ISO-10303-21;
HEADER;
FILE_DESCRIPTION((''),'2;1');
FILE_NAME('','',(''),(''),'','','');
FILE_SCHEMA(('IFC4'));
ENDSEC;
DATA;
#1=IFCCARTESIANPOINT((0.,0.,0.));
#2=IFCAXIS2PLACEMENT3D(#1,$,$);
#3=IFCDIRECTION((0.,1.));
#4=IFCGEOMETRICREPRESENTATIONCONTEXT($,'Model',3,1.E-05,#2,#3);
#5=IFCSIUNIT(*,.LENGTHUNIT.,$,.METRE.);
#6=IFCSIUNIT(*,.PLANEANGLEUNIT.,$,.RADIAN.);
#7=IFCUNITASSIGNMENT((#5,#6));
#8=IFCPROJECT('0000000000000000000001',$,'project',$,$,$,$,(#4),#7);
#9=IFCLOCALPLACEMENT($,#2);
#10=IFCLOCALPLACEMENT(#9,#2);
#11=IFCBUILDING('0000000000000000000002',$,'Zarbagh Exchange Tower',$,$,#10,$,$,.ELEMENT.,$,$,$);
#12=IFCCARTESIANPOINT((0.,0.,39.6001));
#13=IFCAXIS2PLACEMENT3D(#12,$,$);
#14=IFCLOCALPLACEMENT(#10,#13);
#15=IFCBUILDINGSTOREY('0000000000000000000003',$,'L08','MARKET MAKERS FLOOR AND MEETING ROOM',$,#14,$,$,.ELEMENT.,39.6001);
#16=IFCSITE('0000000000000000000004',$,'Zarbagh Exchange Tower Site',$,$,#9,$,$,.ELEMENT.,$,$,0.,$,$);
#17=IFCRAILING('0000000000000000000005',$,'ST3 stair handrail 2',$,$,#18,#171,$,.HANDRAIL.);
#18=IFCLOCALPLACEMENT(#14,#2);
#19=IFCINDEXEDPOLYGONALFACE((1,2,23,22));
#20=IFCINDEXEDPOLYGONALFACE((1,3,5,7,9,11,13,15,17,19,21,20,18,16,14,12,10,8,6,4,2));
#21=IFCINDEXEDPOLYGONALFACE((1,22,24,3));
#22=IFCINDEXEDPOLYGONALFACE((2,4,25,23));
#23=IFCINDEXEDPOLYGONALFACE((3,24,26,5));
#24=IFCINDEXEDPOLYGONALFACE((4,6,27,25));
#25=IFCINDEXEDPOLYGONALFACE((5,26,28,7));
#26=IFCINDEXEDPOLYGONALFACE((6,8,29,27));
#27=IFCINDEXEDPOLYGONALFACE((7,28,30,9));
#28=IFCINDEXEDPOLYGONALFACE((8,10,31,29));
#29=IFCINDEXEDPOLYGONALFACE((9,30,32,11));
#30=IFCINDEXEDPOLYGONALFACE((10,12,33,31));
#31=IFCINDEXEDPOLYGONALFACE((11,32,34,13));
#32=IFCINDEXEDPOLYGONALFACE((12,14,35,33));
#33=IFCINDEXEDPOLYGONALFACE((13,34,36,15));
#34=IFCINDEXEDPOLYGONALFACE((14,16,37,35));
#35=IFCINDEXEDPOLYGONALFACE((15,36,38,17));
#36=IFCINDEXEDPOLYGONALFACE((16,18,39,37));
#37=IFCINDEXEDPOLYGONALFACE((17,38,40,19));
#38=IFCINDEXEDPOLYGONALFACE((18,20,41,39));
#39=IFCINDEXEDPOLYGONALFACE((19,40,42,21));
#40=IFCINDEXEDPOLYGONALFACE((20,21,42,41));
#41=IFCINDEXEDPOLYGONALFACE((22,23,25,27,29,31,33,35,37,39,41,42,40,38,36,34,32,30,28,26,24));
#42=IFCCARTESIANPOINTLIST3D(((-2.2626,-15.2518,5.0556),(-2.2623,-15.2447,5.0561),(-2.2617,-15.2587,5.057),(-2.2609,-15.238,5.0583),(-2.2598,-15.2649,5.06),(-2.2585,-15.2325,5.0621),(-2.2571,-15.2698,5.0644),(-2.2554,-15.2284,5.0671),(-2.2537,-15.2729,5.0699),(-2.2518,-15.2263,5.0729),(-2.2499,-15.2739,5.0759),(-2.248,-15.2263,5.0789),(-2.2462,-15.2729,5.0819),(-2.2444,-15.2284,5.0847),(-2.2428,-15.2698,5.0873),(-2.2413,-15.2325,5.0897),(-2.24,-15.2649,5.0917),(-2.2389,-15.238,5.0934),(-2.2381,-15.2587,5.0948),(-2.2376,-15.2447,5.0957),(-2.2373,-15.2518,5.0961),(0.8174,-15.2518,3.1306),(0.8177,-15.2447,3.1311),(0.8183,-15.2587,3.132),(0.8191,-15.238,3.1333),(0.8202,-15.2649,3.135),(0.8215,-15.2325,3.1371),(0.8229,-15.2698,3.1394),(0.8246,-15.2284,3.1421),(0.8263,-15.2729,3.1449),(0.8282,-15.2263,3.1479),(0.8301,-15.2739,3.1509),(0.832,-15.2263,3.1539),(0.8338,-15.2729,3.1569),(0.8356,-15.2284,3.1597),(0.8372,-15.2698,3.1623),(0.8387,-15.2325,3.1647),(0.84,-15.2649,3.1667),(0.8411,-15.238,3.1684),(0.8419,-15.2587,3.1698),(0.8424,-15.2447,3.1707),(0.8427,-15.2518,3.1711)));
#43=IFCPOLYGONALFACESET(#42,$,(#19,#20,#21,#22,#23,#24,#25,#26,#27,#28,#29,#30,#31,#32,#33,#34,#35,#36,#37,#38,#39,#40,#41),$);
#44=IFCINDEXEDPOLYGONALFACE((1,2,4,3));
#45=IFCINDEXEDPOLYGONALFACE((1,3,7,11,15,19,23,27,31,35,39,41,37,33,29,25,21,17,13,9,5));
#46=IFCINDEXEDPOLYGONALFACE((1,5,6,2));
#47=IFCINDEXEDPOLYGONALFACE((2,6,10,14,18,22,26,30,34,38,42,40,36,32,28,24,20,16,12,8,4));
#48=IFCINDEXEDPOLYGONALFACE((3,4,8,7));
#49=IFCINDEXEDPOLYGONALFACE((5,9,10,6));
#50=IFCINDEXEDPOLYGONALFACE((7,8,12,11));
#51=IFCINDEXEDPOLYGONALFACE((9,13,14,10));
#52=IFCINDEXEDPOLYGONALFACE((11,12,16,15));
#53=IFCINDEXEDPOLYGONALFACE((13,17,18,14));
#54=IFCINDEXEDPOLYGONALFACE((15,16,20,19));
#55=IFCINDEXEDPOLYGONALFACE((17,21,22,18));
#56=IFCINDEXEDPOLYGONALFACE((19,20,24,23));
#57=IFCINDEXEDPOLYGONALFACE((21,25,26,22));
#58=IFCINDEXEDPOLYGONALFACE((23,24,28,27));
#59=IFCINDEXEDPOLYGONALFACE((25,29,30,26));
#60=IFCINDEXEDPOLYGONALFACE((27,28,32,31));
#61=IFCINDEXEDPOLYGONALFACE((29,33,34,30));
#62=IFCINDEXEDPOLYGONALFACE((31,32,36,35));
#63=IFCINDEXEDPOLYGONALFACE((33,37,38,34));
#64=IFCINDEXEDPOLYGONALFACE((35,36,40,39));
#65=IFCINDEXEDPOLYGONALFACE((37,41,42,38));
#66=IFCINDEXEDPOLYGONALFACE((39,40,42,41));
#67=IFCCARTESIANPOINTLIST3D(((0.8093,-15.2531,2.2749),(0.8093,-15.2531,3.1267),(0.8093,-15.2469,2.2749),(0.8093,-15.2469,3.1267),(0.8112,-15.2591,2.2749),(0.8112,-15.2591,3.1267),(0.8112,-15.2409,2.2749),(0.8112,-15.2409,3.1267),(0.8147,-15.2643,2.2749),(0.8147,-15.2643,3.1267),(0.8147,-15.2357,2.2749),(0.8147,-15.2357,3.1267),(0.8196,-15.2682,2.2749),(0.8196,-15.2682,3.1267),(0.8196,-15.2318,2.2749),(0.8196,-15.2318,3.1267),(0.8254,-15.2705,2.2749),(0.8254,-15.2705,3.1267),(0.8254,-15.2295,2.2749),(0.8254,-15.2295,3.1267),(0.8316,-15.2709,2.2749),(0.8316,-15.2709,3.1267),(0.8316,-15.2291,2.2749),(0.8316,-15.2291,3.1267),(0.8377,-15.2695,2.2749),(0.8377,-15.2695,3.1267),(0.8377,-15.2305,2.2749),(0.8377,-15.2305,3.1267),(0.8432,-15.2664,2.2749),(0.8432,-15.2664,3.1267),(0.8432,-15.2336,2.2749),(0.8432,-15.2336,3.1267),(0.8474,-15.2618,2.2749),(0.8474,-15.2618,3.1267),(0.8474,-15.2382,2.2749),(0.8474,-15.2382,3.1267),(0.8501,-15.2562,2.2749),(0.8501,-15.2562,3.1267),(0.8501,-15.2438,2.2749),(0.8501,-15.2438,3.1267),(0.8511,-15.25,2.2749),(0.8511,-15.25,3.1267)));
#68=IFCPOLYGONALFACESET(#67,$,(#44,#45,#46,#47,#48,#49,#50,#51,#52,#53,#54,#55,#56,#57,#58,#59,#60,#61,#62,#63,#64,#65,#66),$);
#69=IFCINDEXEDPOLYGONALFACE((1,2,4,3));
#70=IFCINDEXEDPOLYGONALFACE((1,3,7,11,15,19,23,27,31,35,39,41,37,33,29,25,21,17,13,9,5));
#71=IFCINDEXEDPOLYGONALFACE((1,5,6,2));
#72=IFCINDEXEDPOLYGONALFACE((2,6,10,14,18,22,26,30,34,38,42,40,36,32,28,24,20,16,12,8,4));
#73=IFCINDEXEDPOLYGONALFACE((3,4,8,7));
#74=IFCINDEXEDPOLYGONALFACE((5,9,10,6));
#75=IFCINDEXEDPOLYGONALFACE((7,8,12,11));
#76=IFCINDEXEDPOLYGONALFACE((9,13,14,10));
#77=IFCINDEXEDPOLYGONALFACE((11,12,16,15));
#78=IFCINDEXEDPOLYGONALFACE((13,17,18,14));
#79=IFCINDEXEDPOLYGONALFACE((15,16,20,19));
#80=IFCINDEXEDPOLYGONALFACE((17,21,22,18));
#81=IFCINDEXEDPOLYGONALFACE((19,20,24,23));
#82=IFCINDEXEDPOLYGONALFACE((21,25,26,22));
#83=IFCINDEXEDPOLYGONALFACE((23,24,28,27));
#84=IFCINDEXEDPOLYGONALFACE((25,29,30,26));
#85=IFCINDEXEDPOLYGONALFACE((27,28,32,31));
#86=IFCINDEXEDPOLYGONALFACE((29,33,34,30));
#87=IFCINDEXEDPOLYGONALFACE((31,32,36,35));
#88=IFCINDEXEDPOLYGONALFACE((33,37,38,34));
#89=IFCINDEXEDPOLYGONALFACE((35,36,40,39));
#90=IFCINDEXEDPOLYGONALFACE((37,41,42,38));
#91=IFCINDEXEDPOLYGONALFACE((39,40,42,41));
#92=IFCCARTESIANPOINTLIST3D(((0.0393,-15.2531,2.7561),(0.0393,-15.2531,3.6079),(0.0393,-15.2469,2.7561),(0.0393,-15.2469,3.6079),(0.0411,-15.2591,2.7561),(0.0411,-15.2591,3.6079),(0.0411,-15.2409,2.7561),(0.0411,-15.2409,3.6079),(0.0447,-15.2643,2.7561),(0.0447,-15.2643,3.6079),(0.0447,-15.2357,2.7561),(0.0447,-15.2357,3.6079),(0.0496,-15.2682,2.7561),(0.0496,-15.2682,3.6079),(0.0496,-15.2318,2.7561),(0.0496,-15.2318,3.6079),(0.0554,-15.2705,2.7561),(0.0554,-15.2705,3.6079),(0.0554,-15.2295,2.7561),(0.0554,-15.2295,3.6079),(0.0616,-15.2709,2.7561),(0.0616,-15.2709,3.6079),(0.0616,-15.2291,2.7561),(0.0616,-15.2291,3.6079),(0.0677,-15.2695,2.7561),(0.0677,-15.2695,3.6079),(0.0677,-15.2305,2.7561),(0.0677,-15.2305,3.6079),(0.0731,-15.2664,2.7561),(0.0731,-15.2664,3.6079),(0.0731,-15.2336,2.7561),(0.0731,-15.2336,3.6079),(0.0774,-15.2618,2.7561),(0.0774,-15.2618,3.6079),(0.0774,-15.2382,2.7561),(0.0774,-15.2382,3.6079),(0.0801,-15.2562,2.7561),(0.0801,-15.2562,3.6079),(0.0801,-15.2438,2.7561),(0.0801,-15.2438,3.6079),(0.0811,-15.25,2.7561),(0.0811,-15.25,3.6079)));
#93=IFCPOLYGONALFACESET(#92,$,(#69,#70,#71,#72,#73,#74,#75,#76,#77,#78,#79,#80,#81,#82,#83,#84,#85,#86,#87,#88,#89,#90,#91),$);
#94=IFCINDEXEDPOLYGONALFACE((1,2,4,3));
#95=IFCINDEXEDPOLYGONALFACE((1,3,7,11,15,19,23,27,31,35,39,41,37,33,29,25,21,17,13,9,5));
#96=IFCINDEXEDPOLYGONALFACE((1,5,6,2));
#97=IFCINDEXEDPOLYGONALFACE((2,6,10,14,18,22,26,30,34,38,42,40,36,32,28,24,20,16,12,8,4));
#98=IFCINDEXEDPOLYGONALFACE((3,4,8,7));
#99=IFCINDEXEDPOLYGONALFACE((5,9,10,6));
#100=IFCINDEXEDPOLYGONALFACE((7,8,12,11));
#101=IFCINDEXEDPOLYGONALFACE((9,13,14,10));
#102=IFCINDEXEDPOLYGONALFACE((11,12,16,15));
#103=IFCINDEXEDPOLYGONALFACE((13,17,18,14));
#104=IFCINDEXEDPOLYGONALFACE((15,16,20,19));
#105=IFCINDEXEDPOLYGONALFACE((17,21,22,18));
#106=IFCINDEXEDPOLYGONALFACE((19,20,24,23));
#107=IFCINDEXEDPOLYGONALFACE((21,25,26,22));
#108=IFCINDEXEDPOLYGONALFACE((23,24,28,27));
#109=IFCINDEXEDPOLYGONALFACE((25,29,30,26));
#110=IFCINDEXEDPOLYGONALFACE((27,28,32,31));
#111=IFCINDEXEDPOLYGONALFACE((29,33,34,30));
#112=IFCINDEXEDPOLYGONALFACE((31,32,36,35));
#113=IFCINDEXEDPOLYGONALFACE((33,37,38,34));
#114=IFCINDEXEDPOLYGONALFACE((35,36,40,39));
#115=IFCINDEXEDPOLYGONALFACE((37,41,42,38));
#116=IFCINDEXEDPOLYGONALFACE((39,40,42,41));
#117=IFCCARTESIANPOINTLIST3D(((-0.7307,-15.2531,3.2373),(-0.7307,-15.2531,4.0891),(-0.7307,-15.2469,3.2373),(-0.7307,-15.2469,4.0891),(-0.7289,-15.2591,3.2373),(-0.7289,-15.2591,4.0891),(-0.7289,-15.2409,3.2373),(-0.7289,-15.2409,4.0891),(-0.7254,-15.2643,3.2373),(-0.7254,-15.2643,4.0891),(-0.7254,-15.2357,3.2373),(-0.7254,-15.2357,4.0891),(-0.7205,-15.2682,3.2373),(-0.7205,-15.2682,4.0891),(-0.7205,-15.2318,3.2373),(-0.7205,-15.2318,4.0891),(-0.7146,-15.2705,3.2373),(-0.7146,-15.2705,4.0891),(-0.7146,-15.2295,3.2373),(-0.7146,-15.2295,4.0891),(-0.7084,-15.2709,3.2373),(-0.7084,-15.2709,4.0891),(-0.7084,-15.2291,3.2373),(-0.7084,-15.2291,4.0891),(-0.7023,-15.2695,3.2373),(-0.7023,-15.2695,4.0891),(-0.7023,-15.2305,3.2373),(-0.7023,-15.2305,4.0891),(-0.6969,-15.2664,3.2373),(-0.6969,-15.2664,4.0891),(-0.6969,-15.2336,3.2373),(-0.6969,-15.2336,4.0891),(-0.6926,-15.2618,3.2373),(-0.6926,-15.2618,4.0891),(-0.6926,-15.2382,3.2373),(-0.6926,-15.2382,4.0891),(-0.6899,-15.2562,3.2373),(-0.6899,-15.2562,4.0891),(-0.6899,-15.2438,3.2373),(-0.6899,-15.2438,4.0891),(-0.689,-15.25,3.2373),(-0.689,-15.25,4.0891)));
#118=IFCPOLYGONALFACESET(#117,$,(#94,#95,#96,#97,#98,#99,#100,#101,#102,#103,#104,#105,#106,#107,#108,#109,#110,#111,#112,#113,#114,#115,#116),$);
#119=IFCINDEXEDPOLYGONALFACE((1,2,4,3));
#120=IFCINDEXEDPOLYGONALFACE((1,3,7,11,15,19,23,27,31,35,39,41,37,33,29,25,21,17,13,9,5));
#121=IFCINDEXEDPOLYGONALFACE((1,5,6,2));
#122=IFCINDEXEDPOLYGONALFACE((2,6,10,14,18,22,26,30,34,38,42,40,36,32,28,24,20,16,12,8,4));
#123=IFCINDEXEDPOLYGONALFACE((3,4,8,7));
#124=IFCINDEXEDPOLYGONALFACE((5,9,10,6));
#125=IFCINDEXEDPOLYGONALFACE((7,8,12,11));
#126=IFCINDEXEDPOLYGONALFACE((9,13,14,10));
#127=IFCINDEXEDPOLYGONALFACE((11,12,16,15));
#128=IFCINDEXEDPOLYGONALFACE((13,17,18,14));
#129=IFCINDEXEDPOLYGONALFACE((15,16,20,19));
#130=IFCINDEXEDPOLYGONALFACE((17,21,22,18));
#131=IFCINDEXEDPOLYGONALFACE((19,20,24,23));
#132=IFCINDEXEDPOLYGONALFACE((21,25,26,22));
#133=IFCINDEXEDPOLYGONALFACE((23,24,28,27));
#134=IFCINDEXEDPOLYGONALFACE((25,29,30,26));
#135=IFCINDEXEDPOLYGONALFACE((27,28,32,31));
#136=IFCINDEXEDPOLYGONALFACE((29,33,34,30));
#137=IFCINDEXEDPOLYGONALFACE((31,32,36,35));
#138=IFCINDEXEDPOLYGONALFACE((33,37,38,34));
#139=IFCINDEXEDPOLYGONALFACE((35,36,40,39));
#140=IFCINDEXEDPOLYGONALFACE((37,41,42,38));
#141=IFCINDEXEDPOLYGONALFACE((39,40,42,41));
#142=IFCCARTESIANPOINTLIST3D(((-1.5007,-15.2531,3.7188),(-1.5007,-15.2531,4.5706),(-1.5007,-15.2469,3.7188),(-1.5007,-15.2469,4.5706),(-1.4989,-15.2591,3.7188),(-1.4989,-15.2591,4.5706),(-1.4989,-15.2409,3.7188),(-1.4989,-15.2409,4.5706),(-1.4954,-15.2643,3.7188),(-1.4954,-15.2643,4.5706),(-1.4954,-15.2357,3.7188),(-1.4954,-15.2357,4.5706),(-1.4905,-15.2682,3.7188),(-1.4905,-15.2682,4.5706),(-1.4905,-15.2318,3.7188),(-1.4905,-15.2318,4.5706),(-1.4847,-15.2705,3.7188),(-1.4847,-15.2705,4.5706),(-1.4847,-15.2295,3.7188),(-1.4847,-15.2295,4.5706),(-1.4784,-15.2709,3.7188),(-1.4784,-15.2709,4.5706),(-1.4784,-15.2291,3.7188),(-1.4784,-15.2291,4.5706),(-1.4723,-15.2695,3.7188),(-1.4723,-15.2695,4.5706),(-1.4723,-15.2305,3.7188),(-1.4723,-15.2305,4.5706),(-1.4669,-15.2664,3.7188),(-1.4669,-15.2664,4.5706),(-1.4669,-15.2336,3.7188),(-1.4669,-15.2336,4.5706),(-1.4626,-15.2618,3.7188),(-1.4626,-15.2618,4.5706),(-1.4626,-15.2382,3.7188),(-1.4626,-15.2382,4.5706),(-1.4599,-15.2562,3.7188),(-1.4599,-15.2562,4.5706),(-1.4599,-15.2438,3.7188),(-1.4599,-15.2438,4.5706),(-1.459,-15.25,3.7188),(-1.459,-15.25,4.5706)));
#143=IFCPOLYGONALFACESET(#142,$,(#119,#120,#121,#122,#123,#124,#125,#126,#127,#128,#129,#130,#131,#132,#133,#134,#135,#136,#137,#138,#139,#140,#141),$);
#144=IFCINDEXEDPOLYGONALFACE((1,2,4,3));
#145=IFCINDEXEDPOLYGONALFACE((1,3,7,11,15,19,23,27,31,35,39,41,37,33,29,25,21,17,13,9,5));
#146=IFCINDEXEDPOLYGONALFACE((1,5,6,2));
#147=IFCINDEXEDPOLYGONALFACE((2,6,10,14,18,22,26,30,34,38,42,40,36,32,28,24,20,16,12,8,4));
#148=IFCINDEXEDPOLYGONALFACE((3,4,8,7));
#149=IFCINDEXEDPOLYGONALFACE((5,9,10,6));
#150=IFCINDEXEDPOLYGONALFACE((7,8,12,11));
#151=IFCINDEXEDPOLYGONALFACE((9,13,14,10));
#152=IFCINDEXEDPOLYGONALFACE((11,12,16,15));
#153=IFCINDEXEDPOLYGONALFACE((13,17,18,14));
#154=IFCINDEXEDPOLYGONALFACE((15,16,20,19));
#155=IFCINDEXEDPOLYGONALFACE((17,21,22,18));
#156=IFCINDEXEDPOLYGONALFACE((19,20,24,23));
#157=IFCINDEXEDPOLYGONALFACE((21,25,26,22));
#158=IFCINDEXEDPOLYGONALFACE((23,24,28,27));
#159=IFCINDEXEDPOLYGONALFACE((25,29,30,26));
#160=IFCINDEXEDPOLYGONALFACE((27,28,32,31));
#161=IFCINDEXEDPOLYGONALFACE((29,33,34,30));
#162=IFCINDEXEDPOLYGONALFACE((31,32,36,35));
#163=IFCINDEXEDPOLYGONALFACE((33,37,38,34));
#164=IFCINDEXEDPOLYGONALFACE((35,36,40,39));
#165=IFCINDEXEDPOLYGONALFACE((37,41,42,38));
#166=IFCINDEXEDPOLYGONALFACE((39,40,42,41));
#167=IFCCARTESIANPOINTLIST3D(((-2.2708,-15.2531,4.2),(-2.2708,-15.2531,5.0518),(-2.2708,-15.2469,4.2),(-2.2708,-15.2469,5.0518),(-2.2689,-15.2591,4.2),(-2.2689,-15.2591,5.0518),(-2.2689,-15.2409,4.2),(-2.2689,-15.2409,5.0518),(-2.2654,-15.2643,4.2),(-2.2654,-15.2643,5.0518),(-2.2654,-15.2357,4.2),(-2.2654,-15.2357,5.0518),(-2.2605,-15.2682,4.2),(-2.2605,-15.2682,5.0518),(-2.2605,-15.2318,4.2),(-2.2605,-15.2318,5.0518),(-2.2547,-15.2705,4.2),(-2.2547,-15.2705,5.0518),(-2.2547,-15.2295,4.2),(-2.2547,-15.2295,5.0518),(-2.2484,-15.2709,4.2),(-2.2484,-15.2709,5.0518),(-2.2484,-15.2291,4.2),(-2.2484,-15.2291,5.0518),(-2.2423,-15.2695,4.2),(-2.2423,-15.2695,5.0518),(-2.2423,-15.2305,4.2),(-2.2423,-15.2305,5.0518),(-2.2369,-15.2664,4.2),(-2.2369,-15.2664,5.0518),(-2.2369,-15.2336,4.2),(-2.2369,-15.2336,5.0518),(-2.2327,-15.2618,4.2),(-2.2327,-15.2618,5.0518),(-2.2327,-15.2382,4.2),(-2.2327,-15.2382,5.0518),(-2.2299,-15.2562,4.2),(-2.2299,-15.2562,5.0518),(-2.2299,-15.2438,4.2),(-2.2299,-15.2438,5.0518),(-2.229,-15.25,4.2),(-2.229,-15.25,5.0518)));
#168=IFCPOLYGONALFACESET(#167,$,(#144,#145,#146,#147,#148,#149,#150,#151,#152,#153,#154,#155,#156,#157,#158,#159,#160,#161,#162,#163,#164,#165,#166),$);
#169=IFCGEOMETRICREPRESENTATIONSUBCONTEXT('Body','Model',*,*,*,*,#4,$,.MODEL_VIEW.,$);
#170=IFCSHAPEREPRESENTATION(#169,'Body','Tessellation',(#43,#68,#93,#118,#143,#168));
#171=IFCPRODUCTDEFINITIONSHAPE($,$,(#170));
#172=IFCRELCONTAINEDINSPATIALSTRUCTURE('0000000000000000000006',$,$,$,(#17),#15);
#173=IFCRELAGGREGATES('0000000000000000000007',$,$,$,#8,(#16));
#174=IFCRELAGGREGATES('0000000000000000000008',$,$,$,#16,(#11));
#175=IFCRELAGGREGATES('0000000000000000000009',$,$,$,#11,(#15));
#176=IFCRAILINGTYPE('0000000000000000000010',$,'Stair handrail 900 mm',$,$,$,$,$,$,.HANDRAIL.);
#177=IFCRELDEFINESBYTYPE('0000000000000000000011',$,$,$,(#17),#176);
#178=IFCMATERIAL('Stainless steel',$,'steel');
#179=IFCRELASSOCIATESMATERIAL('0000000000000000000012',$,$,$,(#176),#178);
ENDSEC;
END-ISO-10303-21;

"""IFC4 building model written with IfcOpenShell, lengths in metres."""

from ifc_helpers import new_model, si_unit, direction, frame, origin, origin_2d, place, context, subcontext, project, spatial, circle, extrude, material, type_object, element, save


model = new_model("IFC4")

# Units and contexts
model_context = context("Model", 3, precision=1e-05, world=origin(), true_north=direction((0.0, 1.0)))
body_context = subcontext(model_context, "Body", "Model", "MODEL_VIEW")
ifc_project = project(units=[si_unit("LENGTHUNIT", "METRE"), si_unit("PLANEANGLEUNIT", "RADIAN")], contexts=[model_context])

# Site, building, storey
site_placement = place(None, origin())
site = spatial("IfcSite", under=ifc_project, at=site_placement, Name="Zarbagh Exchange Tower Site", CompositionType="ELEMENT", RefElevation=0.0)
building_placement = place(site_placement, origin())
building = spatial("IfcBuilding", under=site, at=building_placement, Name="Zarbagh Exchange Tower", CompositionType="ELEMENT")
storey_placement = place(building_placement, frame((0.0, 0.0, 39.6001)))
storey = spatial("IfcBuildingStorey", under=building, at=storey_placement, Name="L08", Description="MARKET MAKERS FLOOR AND MEETING ROOM", CompositionType="ELEMENT", Elevation=39.6001)

# Railing
ifc_material_1 = material(Name="Stainless steel", Category="steel")
railing_type_1 = type_object("IfcRailingType", Name="Stair handrail 900 mm", PredefinedType="HANDRAIL", material=ifc_material_1)
for number, where, name in (
    (1, (0.8301, -15.25, 2.2749), "ST3 stair handrail 2"),
):
    element("IfcRailing", number, at=place(storey_placement, frame(where)), inside=storey, type_object=railing_type_1, Name=name, PredefinedType="HANDRAIL", context=body_context, shape_type="SweptSolid", body=[
        extrude(circle(Radius=0.0239, at=origin_2d()), frame((0.0, 0.0, 0.876), z_axis=(-0.847998, 0.0, 0.529999), x_axis=(0.0, -1.0, 0.0)), (0.0, 0.0, 1.0), 3.6321),
        extrude(circle(Radius=0.021, at=origin_2d()), origin(), (0.0, 0.0, 1.0), 0.8518),
        extrude(circle(Radius=0.021, at=origin_2d()), frame((-0.77, 0.0, 0.4812)), (0.0, 0.0, 1.0), 0.8518),
        extrude(circle(Radius=0.021, at=origin_2d()), frame((-1.54, 0.0, 0.9624)), (0.0, 0.0, 1.0), 0.8518),
        extrude(circle(Radius=0.021, at=origin_2d()), frame((-2.3101, 0.0, 1.4438)), (0.0, 0.0, 1.0), 0.8518),
        extrude(circle(Radius=0.021, at=origin_2d()), frame((-3.0801, 0.0, 1.925)), (0.0, 0.0, 1.0), 0.8518),
    ])

save(model, "model.ifc")
